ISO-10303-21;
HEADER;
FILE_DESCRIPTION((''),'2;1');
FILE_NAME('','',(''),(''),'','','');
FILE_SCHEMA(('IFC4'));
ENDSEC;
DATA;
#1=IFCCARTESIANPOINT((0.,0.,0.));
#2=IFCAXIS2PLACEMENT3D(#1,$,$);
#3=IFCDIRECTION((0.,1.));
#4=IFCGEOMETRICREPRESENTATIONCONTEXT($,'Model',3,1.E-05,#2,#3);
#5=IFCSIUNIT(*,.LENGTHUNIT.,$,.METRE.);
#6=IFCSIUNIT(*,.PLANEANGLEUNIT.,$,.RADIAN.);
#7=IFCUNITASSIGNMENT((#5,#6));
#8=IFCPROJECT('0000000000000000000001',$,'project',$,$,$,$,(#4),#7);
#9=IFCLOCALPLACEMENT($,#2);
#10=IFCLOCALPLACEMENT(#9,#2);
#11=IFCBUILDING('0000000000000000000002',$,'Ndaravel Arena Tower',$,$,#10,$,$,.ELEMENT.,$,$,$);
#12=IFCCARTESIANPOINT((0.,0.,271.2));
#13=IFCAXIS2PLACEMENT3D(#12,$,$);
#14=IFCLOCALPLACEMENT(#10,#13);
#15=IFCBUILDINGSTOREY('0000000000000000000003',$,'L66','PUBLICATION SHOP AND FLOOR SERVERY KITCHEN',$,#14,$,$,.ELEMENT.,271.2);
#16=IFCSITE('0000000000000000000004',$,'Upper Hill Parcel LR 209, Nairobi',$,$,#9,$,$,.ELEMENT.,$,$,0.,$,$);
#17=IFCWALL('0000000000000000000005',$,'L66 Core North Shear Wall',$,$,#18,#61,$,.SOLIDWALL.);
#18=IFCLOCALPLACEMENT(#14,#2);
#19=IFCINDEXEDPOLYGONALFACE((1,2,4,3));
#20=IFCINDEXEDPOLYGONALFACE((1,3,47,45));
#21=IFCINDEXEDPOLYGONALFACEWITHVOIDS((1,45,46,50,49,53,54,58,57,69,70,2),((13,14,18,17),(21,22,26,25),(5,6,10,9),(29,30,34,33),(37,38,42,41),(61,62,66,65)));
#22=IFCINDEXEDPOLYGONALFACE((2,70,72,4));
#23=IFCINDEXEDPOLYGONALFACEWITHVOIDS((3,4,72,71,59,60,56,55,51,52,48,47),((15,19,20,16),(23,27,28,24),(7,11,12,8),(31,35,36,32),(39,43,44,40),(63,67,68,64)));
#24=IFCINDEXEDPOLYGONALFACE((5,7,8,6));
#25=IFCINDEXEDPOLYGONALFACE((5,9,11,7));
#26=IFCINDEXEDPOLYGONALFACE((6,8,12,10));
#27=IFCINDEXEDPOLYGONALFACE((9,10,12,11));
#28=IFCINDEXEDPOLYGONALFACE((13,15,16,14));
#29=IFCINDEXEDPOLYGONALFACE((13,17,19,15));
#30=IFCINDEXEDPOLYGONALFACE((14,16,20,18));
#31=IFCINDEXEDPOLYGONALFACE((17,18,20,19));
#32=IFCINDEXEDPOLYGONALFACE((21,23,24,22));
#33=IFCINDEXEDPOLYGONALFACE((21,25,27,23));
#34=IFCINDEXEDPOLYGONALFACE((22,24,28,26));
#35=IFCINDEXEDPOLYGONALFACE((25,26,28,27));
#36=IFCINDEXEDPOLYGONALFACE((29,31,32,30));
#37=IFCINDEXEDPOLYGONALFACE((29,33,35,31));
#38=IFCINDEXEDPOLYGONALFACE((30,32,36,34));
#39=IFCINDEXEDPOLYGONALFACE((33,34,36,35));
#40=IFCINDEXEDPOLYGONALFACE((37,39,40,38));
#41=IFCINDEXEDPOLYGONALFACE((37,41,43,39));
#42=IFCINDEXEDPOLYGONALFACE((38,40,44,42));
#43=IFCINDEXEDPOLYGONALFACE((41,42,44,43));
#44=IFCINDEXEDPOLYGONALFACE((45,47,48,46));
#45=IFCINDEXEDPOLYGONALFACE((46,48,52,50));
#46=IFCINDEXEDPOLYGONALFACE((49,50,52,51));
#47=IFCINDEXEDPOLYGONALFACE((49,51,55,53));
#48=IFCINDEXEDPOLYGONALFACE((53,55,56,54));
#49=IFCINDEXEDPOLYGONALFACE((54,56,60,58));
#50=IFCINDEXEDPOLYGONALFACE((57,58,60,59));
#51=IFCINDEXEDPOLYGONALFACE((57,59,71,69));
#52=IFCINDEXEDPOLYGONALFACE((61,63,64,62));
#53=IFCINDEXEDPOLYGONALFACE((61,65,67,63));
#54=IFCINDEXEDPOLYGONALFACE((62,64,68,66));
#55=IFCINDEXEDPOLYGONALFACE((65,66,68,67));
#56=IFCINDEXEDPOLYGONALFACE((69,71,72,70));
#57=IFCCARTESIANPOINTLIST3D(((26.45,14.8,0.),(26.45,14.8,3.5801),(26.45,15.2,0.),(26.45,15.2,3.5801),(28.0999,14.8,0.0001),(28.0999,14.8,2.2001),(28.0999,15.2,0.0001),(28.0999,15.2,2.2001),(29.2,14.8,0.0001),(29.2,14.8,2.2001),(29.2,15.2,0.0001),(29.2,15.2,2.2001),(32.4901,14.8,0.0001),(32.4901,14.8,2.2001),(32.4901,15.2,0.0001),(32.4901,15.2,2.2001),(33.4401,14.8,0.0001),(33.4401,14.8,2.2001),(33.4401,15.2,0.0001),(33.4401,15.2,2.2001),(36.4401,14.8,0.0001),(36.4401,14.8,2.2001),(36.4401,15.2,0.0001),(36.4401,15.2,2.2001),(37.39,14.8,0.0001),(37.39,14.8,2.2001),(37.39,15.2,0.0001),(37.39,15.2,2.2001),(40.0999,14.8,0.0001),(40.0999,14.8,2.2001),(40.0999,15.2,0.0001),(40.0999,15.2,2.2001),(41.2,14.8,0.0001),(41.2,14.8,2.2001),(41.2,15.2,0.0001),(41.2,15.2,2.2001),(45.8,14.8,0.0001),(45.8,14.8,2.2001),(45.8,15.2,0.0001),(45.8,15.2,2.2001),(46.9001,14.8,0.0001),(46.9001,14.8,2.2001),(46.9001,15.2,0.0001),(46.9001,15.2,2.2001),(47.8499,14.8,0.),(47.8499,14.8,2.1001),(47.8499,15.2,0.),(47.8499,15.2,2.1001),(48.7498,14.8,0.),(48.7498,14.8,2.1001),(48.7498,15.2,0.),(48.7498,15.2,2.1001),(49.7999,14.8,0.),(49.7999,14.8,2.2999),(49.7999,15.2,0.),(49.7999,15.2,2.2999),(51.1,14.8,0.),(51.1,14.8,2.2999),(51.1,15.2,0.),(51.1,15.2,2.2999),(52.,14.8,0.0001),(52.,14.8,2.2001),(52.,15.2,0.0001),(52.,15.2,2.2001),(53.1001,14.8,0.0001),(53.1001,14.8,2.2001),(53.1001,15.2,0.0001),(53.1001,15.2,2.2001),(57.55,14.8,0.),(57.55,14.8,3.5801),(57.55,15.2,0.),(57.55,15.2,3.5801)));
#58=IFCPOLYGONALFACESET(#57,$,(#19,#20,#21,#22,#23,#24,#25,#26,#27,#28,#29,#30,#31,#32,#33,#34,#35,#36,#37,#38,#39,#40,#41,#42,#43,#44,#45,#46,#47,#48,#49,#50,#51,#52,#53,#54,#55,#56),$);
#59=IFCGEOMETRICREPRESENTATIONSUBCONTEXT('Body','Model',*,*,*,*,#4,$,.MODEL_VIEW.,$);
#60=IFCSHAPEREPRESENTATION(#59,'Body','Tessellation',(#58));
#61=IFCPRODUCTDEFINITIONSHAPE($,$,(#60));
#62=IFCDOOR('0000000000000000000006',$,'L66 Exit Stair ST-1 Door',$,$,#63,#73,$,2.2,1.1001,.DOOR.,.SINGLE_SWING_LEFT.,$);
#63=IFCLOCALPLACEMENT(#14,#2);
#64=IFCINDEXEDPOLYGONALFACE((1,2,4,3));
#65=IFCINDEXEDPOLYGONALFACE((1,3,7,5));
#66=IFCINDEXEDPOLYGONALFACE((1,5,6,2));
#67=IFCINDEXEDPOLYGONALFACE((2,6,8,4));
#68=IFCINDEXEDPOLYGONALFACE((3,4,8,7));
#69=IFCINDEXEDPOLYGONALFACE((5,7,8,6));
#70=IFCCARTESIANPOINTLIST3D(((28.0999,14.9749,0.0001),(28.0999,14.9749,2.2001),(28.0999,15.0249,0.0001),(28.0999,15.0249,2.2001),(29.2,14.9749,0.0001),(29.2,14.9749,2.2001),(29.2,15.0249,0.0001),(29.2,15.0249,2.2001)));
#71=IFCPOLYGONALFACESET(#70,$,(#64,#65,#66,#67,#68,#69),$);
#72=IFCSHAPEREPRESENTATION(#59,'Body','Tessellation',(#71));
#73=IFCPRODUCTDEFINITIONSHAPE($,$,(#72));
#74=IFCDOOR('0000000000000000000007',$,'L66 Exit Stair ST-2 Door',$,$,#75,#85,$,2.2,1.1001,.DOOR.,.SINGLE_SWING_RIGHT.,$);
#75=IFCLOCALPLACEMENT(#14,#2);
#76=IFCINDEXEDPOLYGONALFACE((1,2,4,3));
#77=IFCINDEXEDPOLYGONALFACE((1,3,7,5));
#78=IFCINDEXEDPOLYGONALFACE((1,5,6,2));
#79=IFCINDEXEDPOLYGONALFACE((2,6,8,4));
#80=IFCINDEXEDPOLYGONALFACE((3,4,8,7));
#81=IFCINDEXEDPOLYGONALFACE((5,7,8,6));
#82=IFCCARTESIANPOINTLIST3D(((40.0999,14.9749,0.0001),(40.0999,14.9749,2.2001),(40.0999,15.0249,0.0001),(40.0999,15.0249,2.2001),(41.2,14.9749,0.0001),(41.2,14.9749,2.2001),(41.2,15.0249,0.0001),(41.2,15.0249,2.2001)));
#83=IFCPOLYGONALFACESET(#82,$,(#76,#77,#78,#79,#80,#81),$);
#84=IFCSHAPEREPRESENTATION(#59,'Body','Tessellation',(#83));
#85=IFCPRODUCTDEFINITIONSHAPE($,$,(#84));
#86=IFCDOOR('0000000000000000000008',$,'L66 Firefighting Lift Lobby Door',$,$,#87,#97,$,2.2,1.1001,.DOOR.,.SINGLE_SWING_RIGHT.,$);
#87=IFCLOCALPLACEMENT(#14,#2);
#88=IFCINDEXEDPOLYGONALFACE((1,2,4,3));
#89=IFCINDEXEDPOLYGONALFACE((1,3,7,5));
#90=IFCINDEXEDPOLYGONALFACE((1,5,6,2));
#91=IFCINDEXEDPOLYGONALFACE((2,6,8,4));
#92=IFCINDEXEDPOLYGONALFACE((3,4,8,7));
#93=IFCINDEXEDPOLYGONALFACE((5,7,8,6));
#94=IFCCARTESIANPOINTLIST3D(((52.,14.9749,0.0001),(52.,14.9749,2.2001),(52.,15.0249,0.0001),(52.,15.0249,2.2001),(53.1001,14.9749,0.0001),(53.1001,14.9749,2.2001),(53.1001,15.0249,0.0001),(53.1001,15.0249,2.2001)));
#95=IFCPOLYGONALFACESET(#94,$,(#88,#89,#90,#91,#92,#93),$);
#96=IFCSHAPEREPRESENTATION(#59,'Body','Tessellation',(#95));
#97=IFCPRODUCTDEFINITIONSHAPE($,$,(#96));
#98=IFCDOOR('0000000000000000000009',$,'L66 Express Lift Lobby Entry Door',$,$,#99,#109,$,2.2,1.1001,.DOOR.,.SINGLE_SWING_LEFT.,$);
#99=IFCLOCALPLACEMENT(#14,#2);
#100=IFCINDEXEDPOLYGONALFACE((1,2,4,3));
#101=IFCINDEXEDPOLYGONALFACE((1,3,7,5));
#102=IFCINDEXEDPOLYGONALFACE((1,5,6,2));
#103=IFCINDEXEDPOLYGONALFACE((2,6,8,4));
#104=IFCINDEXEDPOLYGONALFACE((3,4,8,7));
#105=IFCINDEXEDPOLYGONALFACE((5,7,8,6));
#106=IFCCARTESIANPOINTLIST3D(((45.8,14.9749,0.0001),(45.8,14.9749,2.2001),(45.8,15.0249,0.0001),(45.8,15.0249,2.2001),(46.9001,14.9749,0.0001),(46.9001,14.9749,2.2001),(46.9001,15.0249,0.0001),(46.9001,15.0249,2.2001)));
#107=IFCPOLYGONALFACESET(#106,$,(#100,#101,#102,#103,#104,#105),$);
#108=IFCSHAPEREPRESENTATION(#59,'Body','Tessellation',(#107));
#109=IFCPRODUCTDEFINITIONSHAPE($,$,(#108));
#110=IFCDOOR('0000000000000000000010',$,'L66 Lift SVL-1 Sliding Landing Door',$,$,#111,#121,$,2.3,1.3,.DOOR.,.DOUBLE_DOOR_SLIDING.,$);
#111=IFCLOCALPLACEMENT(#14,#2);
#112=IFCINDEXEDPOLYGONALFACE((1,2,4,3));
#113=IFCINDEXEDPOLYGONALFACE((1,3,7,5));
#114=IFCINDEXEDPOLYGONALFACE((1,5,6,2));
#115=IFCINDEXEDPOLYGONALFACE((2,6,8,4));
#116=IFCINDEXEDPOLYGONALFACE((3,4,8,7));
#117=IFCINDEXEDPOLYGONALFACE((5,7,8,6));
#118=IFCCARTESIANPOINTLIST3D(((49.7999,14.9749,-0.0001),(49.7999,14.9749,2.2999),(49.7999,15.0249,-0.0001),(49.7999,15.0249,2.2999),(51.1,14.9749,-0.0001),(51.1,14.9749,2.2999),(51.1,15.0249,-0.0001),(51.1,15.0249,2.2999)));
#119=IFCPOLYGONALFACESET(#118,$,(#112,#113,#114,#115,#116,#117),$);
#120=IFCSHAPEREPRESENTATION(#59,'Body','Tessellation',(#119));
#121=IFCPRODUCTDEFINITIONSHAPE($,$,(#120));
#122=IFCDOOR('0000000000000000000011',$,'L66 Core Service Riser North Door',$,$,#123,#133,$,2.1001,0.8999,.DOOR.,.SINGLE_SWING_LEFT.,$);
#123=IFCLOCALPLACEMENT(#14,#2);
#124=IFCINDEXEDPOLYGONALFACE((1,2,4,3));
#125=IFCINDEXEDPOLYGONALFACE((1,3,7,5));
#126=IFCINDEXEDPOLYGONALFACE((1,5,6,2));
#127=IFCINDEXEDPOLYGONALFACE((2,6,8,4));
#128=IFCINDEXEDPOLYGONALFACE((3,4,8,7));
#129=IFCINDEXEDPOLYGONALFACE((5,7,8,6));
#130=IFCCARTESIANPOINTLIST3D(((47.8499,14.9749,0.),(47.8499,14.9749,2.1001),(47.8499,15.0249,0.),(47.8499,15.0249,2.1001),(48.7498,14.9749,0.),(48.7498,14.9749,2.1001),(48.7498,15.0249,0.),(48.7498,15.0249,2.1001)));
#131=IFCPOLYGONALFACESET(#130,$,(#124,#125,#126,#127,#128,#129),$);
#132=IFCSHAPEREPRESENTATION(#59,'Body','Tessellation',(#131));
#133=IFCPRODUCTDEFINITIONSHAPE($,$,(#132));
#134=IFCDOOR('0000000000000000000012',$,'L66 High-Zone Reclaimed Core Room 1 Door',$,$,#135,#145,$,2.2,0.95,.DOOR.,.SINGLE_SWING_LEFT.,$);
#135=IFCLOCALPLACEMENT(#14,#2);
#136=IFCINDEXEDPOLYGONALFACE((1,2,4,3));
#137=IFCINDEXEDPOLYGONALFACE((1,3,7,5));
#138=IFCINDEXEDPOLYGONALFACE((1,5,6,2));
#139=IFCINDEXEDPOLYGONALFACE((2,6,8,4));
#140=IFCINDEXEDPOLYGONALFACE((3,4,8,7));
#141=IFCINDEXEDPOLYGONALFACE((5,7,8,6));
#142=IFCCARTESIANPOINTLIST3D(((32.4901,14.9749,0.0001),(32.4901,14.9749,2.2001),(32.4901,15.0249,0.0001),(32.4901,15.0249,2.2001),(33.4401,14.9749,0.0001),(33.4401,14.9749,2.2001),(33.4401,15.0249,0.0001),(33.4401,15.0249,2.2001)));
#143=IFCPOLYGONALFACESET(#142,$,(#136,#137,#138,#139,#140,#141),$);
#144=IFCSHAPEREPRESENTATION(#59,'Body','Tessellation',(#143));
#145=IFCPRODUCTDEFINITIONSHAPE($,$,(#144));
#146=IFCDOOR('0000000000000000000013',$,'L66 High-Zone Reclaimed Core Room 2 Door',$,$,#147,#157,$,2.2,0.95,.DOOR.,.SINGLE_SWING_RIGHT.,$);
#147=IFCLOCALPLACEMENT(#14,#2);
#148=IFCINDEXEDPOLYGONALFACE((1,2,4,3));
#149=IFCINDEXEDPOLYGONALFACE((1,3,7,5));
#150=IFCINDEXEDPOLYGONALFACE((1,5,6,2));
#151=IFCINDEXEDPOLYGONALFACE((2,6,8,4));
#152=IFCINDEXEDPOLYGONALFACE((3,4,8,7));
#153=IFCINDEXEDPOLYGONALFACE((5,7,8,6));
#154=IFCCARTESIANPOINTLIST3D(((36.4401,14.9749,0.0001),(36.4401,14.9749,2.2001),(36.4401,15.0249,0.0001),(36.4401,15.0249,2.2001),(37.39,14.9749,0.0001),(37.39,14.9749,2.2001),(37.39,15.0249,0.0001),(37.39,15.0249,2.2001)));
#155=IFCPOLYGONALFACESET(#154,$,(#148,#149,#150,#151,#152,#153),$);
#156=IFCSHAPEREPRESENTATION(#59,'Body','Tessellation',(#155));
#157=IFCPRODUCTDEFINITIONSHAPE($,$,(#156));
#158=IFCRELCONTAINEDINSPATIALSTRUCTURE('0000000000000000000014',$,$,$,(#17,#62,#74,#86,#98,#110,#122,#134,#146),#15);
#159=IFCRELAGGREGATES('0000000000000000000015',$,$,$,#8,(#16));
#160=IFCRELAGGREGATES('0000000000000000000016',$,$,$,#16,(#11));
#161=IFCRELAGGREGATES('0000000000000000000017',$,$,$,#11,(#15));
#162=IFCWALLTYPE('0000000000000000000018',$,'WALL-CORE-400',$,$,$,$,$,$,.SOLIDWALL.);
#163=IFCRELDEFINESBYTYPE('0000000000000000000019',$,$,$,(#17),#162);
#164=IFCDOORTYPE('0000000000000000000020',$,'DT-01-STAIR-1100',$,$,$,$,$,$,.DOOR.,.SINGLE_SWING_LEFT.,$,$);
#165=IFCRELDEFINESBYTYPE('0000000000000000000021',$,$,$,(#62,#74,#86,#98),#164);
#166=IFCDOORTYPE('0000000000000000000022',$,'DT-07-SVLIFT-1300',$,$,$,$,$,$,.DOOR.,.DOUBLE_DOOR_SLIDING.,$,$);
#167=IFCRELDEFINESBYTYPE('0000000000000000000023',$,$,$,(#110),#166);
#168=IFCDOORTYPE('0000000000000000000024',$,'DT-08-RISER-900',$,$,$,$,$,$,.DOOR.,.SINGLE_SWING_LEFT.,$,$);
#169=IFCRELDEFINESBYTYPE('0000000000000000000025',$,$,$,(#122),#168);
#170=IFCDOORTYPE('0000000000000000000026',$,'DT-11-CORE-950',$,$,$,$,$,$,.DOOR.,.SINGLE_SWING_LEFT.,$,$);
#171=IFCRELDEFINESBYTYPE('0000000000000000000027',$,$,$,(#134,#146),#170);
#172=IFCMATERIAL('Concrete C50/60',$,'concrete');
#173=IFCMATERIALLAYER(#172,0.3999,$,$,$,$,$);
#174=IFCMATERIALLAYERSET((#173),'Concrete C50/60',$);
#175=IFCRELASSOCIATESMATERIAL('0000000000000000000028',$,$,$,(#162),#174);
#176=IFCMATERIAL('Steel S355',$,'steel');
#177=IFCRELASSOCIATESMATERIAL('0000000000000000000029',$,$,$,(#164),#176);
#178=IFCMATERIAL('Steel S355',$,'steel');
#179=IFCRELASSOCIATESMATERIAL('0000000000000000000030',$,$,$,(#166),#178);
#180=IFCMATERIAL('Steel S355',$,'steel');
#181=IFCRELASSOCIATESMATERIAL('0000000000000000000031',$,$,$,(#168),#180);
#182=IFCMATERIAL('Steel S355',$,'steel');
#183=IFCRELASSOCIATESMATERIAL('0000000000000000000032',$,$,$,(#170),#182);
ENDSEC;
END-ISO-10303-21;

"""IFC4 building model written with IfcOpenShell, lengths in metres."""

from ifc_helpers import new_model, si_unit, direction, frame, frame_2d, origin, place, context, subcontext, project, spatial, rectangle, extrude, material, layer, layer_set, type_object, element, fill, save


model = new_model("IFC4")

# Units and contexts
model_context = context("Model", 3, precision=1e-05, world=origin(), true_north=direction((0.0, 1.0)))
body_context = subcontext(model_context, "Body", "Model", "MODEL_VIEW")
ifc_project = project(units=[si_unit("LENGTHUNIT", "METRE"), si_unit("PLANEANGLEUNIT", "RADIAN")], contexts=[model_context])

# Site, building, storey
site_placement = place(None, origin())
site = spatial("IfcSite", under=ifc_project, at=site_placement, Name="Upper Hill Parcel LR 209, Nairobi", CompositionType="ELEMENT", RefElevation=0.0)
building_placement = place(site_placement, origin())
building = spatial("IfcBuilding", under=site, at=building_placement, Name="Ndaravel Arena Tower", CompositionType="ELEMENT")
storey_placement = place(building_placement, frame((0.0, 0.0, 271.2)))
storey = spatial("IfcBuildingStorey", under=building, at=storey_placement, Name="L66", Description="PUBLICATION SHOP AND FLOOR SERVERY KITCHEN", CompositionType="ELEMENT", Elevation=271.2)

# Wall, openings, doors
ifc_material_1 = material(Name="Concrete C50/60", Category="concrete")
ifc_layer_1 = layer(ifc_material_1, 0.3999)
ifc_layer_set_1 = layer_set([ifc_layer_1], Name="Concrete C50/60")
wall_type_1 = type_object("IfcWallType", Name="WALL-CORE-400", PredefinedType="SOLIDWALL", material=ifc_layer_set_1)
wall_1_placement = place(storey_placement, frame((26.45, 15.0, 0.0), z_axis=(0.0, 0.0, 1.0), x_axis=(1.0, 0.0, 0.0)))
wall_1 = element("IfcWall", 1, at=wall_1_placement, inside=storey, type_object=wall_type_1, Name="L66 Core North Shear Wall", PredefinedType="SOLIDWALL", context=body_context, shape_type="SweptSolid", body=[
    extrude(rectangle(XDim=31.1001, YDim=0.3999, at=frame_2d((15.55, 0.0))), origin(), (0.0, 0.0, 1.0), 3.5801),
])
opening_1_placement = place(wall_1_placement, frame((1.6499, 0.0, 0.0)))
opening_1 = element("IfcOpeningElement", 2, at=opening_1_placement, cuts=wall_1, PredefinedType="OPENING", context=body_context, shape_type="SweptSolid", body=[
    extrude(rectangle(XDim=1.1001, YDim=2.2, at=frame_2d((0.55, 1.1001))), frame((0.0, 0.2, 0.0), z_axis=(0.0, -1.0, 0.0), x_axis=(1.0, 0.0, 0.0)), (0.0, 0.0, 1.0), 0.3999),
])
opening_2_placement = place(wall_1_placement, frame((13.6499, 0.0, 0.0)))
opening_2 = element("IfcOpeningElement", 3, at=opening_2_placement, cuts=wall_1, PredefinedType="OPENING", context=body_context, shape_type="SweptSolid", body=[
    extrude(rectangle(XDim=1.1001, YDim=2.2, at=frame_2d((0.55, 1.1001))), frame((0.0, 0.2, 0.0), z_axis=(0.0, -1.0, 0.0), x_axis=(1.0, 0.0, 0.0)), (0.0, 0.0, 1.0), 0.3999),
])
opening_3_placement = place(wall_1_placement, frame((25.55, 0.0, 0.0)))
opening_3 = element("IfcOpeningElement", 4, at=opening_3_placement, cuts=wall_1, PredefinedType="OPENING", context=body_context, shape_type="SweptSolid", body=[
    extrude(rectangle(XDim=1.1001, YDim=2.2, at=frame_2d((0.55, 1.1001))), frame((0.0, 0.2, 0.0), z_axis=(0.0, -1.0, 0.0), x_axis=(1.0, 0.0, 0.0)), (0.0, 0.0, 1.0), 0.3999),
])
opening_4_placement = place(wall_1_placement, frame((19.3501, 0.0, 0.0)))
opening_4 = element("IfcOpeningElement", 5, at=opening_4_placement, cuts=wall_1, PredefinedType="OPENING", context=body_context, shape_type="SweptSolid", body=[
    extrude(rectangle(XDim=1.1001, YDim=2.2, at=frame_2d((0.55, 1.1001))), frame((0.0, 0.2, 0.0), z_axis=(0.0, -1.0, 0.0), x_axis=(1.0, 0.0, 0.0)), (0.0, 0.0, 1.0), 0.3999),
])
opening_5_placement = place(wall_1_placement, frame((21.3999, 0.0, 0.0)))
opening_5 = element("IfcOpeningElement", 6, at=opening_5_placement, cuts=wall_1, PredefinedType="OPENING", context=body_context, shape_type="SweptSolid", body=[
    extrude(rectangle(XDim=0.8999, YDim=2.1001, at=frame_2d((0.45, 1.05))), frame((0.0, 0.2, 0.0), z_axis=(0.0, -1.0, 0.0), x_axis=(1.0, 0.0, 0.0)), (0.0, 0.0, 1.0), 0.3999),
])
opening_6_placement = place(wall_1_placement, frame((6.04, 0.0, 0.0)))
opening_6 = element("IfcOpeningElement", 7, at=opening_6_placement, cuts=wall_1, PredefinedType="OPENING", context=body_context, shape_type="SweptSolid", body=[
    extrude(rectangle(XDim=0.95, YDim=2.2, at=frame_2d((0.4751, 1.1001))), frame((0.0, 0.2, 0.0), z_axis=(0.0, -1.0, 0.0), x_axis=(1.0, 0.0, 0.0)), (0.0, 0.0, 1.0), 0.3999),
])
opening_7_placement = place(wall_1_placement, frame((9.99, 0.0, 0.0)))
opening_7 = element("IfcOpeningElement", 8, at=opening_7_placement, cuts=wall_1, PredefinedType="OPENING", context=body_context, shape_type="SweptSolid", body=[
    extrude(rectangle(XDim=0.95, YDim=2.2, at=frame_2d((0.4751, 1.1001))), frame((0.0, 0.2, 0.0), z_axis=(0.0, -1.0, 0.0), x_axis=(1.0, 0.0, 0.0)), (0.0, 0.0, 1.0), 0.3999),
])
opening_8_placement = place(wall_1_placement, frame((23.3501, 0.0, 0.0)))
opening_8 = element("IfcOpeningElement", 9, at=opening_8_placement, cuts=wall_1, PredefinedType="OPENING", context=body_context, shape_type="SweptSolid", body=[
    extrude(rectangle(XDim=1.3, YDim=2.3, at=frame_2d((0.6499, 1.1499))), frame((0.0, 0.2, 0.0), z_axis=(0.0, -1.0, 0.0), x_axis=(1.0, 0.0, 0.0)), (0.0, 0.0, 1.0), 0.3999),
])
ifc_material_2 = material(Name="Steel S355", Category="steel")
door_type_1 = type_object("IfcDoorType", Name="DT-01-STAIR-1100", OperationType="SINGLE_SWING_LEFT", PredefinedType="DOOR", material=ifc_material_2)
door_1_placement = place(opening_1_placement, origin())
door_1 = element("IfcDoor", 10, at=door_1_placement, inside=storey, type_object=door_type_1, Name="L66 Exit Stair ST-1 Door", OperationType="SINGLE_SWING_LEFT", OverallHeight=2.2, OverallWidth=1.1001, PredefinedType="DOOR", context=body_context, shape_type="SweptSolid", body=[
    extrude(rectangle(XDim=1.1001, YDim=2.2, at=frame_2d((0.55, 1.1001))), frame((0.0, 0.0249, 0.0), z_axis=(0.0, -1.0, 0.0), x_axis=(1.0, 0.0, 0.0)), (0.0, 0.0, 1.0), 0.05),
])
fill(opening_1, door_1)
door_2_placement = place(opening_2_placement, origin())
door_2 = element("IfcDoor", 11, at=door_2_placement, inside=storey, type_object=door_type_1, Name="L66 Exit Stair ST-2 Door", OperationType="SINGLE_SWING_RIGHT", OverallHeight=2.2, OverallWidth=1.1001, PredefinedType="DOOR", context=body_context, shape_type="SweptSolid", body=[
    extrude(rectangle(XDim=1.1001, YDim=2.2, at=frame_2d((0.55, 1.1001))), frame((0.0, 0.0249, 0.0), z_axis=(0.0, -1.0, 0.0), x_axis=(1.0, 0.0, 0.0)), (0.0, 0.0, 1.0), 0.05),
])
fill(opening_2, door_2)
door_3_placement = place(opening_3_placement, origin())
door_3 = element("IfcDoor", 12, at=door_3_placement, inside=storey, type_object=door_type_1, Name="L66 Firefighting Lift Lobby Door", OperationType="SINGLE_SWING_RIGHT", OverallHeight=2.2, OverallWidth=1.1001, PredefinedType="DOOR", context=body_context, shape_type="SweptSolid", body=[
    extrude(rectangle(XDim=1.1001, YDim=2.2, at=frame_2d((0.55, 1.1001))), frame((0.0, 0.0249, 0.0), z_axis=(0.0, -1.0, 0.0), x_axis=(1.0, 0.0, 0.0)), (0.0, 0.0, 1.0), 0.05),
])
fill(opening_3, door_3)
door_4_placement = place(opening_4_placement, origin())
door_4 = element("IfcDoor", 13, at=door_4_placement, inside=storey, type_object=door_type_1, Name="L66 Express Lift Lobby Entry Door", OperationType="SINGLE_SWING_LEFT", OverallHeight=2.2, OverallWidth=1.1001, PredefinedType="DOOR", context=body_context, shape_type="SweptSolid", body=[
    extrude(rectangle(XDim=1.1001, YDim=2.2, at=frame_2d((0.55, 1.1001))), frame((0.0, 0.0249, 0.0), z_axis=(0.0, -1.0, 0.0), x_axis=(1.0, 0.0, 0.0)), (0.0, 0.0, 1.0), 0.05),
])
fill(opening_4, door_4)
ifc_material_3 = material(Name="Steel S355", Category="steel")
door_type_2 = type_object("IfcDoorType", Name="DT-07-SVLIFT-1300", OperationType="DOUBLE_DOOR_SLIDING", PredefinedType="DOOR", material=ifc_material_3)
door_5_placement = place(opening_8_placement, origin())
door_5 = element("IfcDoor", 14, at=door_5_placement, inside=storey, type_object=door_type_2, Name="L66 Lift SVL-1 Sliding Landing Door", OperationType="DOUBLE_DOOR_SLIDING", OverallHeight=2.3, OverallWidth=1.3, PredefinedType="DOOR", context=body_context, shape_type="SweptSolid", body=[
    extrude(rectangle(XDim=1.3, YDim=2.3, at=frame_2d((0.6499, 1.1499))), frame((0.0, 0.0249, 0.0), z_axis=(0.0, -1.0, 0.0), x_axis=(1.0, 0.0, 0.0)), (0.0, 0.0, 1.0), 0.05),
])
fill(opening_8, door_5)
ifc_material_4 = material(Name="Steel S355", Category="steel")
door_type_3 = type_object("IfcDoorType", Name="DT-08-RISER-900", OperationType="SINGLE_SWING_LEFT", PredefinedType="DOOR", material=ifc_material_4)
door_6_placement = place(opening_5_placement, origin())
door_6 = element("IfcDoor", 15, at=door_6_placement, inside=storey, type_object=door_type_3, Name="L66 Core Service Riser North Door", OperationType="SINGLE_SWING_LEFT", OverallHeight=2.1001, OverallWidth=0.8999, PredefinedType="DOOR", context=body_context, shape_type="SweptSolid", body=[
    extrude(rectangle(XDim=0.8999, YDim=2.1001, at=frame_2d((0.45, 1.05))), frame((0.0, 0.0249, 0.0), z_axis=(0.0, -1.0, 0.0), x_axis=(1.0, 0.0, 0.0)), (0.0, 0.0, 1.0), 0.05),
])
fill(opening_5, door_6)
ifc_material_5 = material(Name="Steel S355", Category="steel")
door_type_4 = type_object("IfcDoorType", Name="DT-11-CORE-950", OperationType="SINGLE_SWING_LEFT", PredefinedType="DOOR", material=ifc_material_5)
door_7_placement = place(opening_6_placement, origin())
door_7 = element("IfcDoor", 16, at=door_7_placement, inside=storey, type_object=door_type_4, Name="L66 High-Zone Reclaimed Core Room 1 Door", OperationType="SINGLE_SWING_LEFT", OverallHeight=2.2, OverallWidth=0.95, PredefinedType="DOOR", context=body_context, shape_type="SweptSolid", body=[
    extrude(rectangle(XDim=0.95, YDim=2.2, at=frame_2d((0.4751, 1.1001))), frame((0.0, 0.0249, 0.0), z_axis=(0.0, -1.0, 0.0), x_axis=(1.0, 0.0, 0.0)), (0.0, 0.0, 1.0), 0.05),
])
fill(opening_6, door_7)
door_8_placement = place(opening_7_placement, origin())
door_8 = element("IfcDoor", 17, at=door_8_placement, inside=storey, type_object=door_type_4, Name="L66 High-Zone Reclaimed Core Room 2 Door", OperationType="SINGLE_SWING_RIGHT", OverallHeight=2.2, OverallWidth=0.95, PredefinedType="DOOR", context=body_context, shape_type="SweptSolid", body=[
    extrude(rectangle(XDim=0.95, YDim=2.2, at=frame_2d((0.4751, 1.1001))), frame((0.0, 0.0249, 0.0), z_axis=(0.0, -1.0, 0.0), x_axis=(1.0, 0.0, 0.0)), (0.0, 0.0, 1.0), 0.05),
])
fill(opening_7, door_8)

save(model, "model.ifc")
